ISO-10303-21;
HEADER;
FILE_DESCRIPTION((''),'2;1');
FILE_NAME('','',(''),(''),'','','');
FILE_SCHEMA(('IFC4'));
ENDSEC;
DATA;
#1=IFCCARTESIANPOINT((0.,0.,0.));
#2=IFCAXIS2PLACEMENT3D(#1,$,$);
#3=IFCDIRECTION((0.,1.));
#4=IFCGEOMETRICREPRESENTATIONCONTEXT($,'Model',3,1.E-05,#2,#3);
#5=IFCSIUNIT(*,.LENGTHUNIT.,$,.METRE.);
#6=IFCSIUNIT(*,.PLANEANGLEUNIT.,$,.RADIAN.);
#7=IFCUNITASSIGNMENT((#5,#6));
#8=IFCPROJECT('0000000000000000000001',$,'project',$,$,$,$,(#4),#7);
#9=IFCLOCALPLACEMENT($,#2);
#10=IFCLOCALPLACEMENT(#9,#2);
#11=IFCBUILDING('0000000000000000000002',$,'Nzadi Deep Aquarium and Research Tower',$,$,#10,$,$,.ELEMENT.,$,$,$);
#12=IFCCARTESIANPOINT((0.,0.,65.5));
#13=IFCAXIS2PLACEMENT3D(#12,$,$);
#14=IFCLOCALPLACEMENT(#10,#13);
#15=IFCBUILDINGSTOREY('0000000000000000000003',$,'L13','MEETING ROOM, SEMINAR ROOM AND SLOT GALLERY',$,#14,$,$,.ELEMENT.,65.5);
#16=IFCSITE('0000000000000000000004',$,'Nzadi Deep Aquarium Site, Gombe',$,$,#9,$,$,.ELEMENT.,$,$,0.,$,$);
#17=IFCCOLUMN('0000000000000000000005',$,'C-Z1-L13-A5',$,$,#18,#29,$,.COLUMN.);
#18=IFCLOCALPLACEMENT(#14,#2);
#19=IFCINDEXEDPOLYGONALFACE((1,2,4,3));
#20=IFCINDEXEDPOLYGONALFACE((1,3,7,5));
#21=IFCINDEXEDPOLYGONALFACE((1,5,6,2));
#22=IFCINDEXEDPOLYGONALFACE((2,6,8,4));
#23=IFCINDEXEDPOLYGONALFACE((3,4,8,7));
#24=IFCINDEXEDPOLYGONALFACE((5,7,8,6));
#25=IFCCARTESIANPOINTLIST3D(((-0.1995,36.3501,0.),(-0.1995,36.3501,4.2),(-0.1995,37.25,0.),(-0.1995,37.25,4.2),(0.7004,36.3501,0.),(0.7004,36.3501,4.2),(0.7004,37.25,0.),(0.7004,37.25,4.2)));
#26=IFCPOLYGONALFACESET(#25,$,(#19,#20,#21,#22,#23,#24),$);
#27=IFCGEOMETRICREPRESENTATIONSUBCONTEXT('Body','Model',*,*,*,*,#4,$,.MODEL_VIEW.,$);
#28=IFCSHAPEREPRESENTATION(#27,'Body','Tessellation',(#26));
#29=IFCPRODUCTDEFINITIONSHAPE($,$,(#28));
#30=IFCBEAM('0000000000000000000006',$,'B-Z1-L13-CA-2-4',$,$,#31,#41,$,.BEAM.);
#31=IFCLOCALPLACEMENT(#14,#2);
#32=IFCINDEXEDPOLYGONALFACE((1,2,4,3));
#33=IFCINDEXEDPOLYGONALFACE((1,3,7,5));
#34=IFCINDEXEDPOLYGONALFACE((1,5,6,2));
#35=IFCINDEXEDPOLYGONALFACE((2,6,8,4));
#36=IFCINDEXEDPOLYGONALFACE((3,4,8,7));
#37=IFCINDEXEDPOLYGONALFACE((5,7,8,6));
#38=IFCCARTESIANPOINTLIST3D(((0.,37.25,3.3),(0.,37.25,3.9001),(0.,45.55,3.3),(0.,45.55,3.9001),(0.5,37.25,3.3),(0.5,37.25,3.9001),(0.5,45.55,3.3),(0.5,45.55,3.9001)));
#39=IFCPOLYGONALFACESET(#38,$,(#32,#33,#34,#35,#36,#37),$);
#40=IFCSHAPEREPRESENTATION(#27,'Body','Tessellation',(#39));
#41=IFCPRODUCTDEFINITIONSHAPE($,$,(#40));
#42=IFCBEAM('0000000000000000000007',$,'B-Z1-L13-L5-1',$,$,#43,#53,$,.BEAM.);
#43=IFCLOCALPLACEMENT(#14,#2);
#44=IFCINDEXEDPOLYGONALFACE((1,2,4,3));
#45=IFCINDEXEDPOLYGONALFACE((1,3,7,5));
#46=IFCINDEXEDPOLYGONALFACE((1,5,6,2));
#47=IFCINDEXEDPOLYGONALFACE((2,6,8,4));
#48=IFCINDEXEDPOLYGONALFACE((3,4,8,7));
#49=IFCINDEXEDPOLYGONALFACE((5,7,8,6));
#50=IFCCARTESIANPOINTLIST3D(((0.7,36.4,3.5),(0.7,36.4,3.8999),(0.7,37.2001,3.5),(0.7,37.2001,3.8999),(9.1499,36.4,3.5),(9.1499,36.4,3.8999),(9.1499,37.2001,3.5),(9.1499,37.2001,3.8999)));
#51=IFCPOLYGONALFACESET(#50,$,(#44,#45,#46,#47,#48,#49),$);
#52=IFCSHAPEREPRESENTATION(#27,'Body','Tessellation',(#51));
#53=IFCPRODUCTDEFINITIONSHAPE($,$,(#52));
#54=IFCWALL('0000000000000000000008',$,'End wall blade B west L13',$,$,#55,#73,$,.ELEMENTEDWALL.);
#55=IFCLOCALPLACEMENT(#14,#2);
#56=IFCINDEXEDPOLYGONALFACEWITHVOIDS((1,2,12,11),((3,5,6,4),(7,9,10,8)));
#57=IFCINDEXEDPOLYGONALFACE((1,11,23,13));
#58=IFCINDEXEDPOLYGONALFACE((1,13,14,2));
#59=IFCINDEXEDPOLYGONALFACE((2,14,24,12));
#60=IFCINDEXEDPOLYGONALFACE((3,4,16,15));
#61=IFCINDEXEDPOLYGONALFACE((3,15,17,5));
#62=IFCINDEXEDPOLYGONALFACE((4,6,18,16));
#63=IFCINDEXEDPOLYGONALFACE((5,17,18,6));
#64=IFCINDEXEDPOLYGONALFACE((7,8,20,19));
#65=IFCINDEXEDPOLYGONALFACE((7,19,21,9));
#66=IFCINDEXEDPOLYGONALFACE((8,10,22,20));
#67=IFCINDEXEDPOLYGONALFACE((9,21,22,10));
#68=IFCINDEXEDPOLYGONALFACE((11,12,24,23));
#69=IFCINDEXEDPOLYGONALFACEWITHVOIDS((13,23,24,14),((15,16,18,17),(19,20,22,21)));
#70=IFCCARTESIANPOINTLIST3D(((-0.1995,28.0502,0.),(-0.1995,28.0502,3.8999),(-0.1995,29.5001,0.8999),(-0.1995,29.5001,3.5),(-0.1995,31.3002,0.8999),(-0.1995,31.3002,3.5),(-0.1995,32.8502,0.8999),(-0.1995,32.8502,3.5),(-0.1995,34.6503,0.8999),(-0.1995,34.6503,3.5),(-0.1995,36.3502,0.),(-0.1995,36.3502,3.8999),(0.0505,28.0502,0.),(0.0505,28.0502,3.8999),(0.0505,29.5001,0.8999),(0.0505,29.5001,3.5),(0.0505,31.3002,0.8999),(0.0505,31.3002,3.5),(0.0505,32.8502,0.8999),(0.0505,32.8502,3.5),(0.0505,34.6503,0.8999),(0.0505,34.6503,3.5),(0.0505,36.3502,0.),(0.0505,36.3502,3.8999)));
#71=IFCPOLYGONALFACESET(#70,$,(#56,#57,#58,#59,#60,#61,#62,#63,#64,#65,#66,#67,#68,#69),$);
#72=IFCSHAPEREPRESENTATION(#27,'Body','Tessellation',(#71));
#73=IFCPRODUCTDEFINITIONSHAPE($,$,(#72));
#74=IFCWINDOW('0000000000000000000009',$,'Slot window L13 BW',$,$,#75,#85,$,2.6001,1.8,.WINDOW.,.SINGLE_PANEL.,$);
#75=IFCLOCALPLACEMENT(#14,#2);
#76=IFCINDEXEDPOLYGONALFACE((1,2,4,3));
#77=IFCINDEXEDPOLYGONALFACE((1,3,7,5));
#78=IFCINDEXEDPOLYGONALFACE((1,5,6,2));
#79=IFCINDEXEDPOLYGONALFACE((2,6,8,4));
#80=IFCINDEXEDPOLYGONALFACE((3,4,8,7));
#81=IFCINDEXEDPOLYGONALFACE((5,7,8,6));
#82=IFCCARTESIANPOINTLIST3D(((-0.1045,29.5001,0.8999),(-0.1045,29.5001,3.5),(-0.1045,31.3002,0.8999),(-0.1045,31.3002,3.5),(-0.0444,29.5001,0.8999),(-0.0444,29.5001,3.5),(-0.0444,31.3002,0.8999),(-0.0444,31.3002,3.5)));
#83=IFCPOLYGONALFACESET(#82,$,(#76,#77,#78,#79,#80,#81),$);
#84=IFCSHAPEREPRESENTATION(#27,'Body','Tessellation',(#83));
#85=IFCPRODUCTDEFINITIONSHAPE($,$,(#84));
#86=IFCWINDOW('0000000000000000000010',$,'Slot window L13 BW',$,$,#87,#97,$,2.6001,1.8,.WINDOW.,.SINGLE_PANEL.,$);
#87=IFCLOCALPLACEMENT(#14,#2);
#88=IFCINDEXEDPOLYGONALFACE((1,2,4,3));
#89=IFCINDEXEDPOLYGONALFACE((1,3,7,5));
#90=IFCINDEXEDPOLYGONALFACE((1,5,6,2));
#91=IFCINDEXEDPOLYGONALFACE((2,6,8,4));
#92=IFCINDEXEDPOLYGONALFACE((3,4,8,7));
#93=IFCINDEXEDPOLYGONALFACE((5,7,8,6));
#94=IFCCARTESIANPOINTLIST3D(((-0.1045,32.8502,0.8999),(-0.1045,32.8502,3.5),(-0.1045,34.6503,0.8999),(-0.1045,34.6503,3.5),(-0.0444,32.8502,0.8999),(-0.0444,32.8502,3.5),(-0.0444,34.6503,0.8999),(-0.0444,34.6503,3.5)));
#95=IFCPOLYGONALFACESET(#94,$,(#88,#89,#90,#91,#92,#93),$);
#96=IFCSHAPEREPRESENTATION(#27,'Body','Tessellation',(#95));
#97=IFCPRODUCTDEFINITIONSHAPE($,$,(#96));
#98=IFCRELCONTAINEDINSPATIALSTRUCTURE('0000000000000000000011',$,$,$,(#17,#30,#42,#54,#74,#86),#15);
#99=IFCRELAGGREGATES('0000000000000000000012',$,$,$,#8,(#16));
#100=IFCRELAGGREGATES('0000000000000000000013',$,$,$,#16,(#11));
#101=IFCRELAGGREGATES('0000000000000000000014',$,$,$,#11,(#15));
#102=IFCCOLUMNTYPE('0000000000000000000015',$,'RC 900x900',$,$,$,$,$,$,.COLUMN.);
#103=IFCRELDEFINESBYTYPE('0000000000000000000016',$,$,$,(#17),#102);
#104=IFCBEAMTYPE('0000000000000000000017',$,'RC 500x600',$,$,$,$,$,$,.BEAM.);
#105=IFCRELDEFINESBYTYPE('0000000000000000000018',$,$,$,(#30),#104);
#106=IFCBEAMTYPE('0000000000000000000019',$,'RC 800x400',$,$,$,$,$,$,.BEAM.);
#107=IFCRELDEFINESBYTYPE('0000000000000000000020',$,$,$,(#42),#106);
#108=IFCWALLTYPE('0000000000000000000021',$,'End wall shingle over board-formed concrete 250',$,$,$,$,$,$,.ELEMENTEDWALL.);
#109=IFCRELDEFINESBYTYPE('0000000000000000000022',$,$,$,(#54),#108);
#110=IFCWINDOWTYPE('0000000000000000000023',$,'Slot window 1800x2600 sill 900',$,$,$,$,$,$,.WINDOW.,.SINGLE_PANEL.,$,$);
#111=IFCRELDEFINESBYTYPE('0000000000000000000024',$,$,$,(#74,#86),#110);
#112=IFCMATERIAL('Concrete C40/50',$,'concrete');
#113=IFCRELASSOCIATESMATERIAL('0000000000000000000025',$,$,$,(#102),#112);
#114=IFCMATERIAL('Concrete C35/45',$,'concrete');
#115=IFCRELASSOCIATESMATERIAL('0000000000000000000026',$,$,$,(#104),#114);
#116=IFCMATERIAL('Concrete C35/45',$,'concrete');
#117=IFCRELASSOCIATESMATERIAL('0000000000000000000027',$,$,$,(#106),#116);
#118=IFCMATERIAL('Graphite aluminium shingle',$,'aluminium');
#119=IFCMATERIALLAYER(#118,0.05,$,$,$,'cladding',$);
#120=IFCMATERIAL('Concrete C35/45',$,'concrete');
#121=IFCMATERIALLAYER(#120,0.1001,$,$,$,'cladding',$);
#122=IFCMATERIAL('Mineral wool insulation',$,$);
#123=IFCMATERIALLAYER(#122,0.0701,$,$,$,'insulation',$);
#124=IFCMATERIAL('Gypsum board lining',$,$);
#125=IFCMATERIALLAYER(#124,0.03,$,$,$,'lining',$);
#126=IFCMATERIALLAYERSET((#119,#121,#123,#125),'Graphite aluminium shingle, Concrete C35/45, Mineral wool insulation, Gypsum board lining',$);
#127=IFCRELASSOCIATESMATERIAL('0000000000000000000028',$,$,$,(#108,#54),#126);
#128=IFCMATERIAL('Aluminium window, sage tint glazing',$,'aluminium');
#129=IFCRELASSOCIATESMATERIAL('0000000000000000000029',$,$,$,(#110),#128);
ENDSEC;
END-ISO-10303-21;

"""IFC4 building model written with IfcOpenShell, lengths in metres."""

from ifc_helpers import new_model, si_unit, direction, frame, frame_2d, origin, origin_2d, place, context, subcontext, project, spatial, rectangle, extrude, material, layer, layer_set, layer_usage, material_profile, profile_set, type_object, element, fill, save


model = new_model("IFC4")

# Units and contexts
model_context = context("Model", 3, precision=1e-05, world=origin(), true_north=direction((0.0, 1.0)))
body_context = subcontext(model_context, "Body", "Model", "MODEL_VIEW")
ifc_project = project(units=[si_unit("LENGTHUNIT", "METRE"), si_unit("PLANEANGLEUNIT", "RADIAN")], contexts=[model_context])

# Site, building, storey
site_placement = place(None, origin())
site = spatial("IfcSite", under=ifc_project, at=site_placement, Name="Nzadi Deep Aquarium Site, Gombe", CompositionType="ELEMENT", RefElevation=0.0)
building_placement = place(site_placement, origin())
building = spatial("IfcBuilding", under=site, at=building_placement, Name="Nzadi Deep Aquarium and Research Tower", CompositionType="ELEMENT")
storey_placement = place(building_placement, frame((0.0, 0.0, 65.5)))
storey = spatial("IfcBuildingStorey", under=building, at=storey_placement, Name="L13", Description="MEETING ROOM, SEMINAR ROOM AND SLOT GALLERY", CompositionType="ELEMENT", Elevation=65.5)

# Column
ifc_material_1 = material(Name="Concrete C40/50", Category="concrete")
ifc_material_profile_1 = material_profile(ifc_material_1, rectangle(XDim=0.8999, YDim=0.8999, at=origin_2d()))
ifc_profile_set_1 = profile_set([ifc_material_profile_1], Name="Concrete C40/50")
column_type = type_object("IfcColumnType", Name="RC 900x900", PredefinedType="COLUMN", material=ifc_profile_set_1)
column_placement = place(storey_placement, frame((0.2505, 36.8, 0.0), z_axis=(0.0, 0.0, 1.0), x_axis=(1.0, 0.0, 0.0)))
element("IfcColumn", 1, at=column_placement, inside=storey, type_object=column_type, Name="C-Z1-L13-A5", PredefinedType="COLUMN", context=body_context, shape_type="SweptSolid", body=[
    extrude(rectangle(XDim=0.8999, YDim=0.8999, at=origin_2d()), origin(), (0.0, 0.0, 1.0), 4.2),
])

# Beams
ifc_material_2 = material(Name="Concrete C35/45", Category="concrete")
ifc_material_profile_2 = material_profile(ifc_material_2, rectangle(XDim=0.5, YDim=0.6001, at=origin_2d()))
ifc_profile_set_2 = profile_set([ifc_material_profile_2], Name="Concrete C35/45")
beam_type_1 = type_object("IfcBeamType", Name="RC 500x600", PredefinedType="BEAM", material=ifc_profile_set_2)
beam_1_placement = place(storey_placement, frame((0.25, 37.25, 3.6001), z_axis=(0.0, 1.0, 0.0), x_axis=(-1.0, 0.0, 0.0)))
element("IfcBeam", 2, at=beam_1_placement, inside=storey, type_object=beam_type_1, Name="B-Z1-L13-CA-2-4", PredefinedType="BEAM", context=body_context, shape_type="SweptSolid", body=[
    extrude(rectangle(XDim=0.5, YDim=0.6001, at=origin_2d()), origin(), (0.0, 0.0, 1.0), 8.3),
])
ifc_material_3 = material(Name="Concrete C35/45", Category="concrete")
ifc_material_profile_3 = material_profile(ifc_material_3, rectangle(XDim=0.8, YDim=0.3999, at=origin_2d()))
ifc_profile_set_3 = profile_set([ifc_material_profile_3], Name="Concrete C35/45")
beam_type_2 = type_object("IfcBeamType", Name="RC 800x400", PredefinedType="BEAM", material=ifc_profile_set_3)
beam_2_placement = place(storey_placement, frame((0.7, 36.8, 3.7), z_axis=(1.0, 0.0, 0.0), x_axis=(0.0, 1.0, 0.0)))
element("IfcBeam", 3, at=beam_2_placement, inside=storey, type_object=beam_type_2, Name="B-Z1-L13-L5-1", PredefinedType="BEAM", context=body_context, shape_type="SweptSolid", body=[
    extrude(rectangle(XDim=0.8, YDim=0.3999, at=origin_2d()), origin(), (0.0, 0.0, 1.0), 8.45),
])

# Wall, openings, windows
ifc_material_4 = material(Name="Graphite aluminium shingle", Category="aluminium")
ifc_layer_1 = layer(ifc_material_4, 0.05, Category="cladding")
ifc_material_5 = material(Name="Concrete C35/45", Category="concrete")
ifc_layer_2 = layer(ifc_material_5, 0.1001, Category="cladding")
ifc_material_6 = material(Name="Mineral wool insulation")
ifc_layer_3 = layer(ifc_material_6, 0.0701, Category="insulation")
ifc_material_7 = material(Name="Gypsum board lining")
ifc_layer_4 = layer(ifc_material_7, 0.03, Category="lining")
ifc_layer_set_1 = layer_set([ifc_layer_1, ifc_layer_2, ifc_layer_3, ifc_layer_4], Name="Graphite aluminium shingle, Concrete C35/45, Mineral wool insulation, Gypsum board lining")
ifc_layer_usage = layer_usage(ifc_layer_set_1, "AXIS2", "POSITIVE", -0.125)
wall_type_1 = type_object("IfcWallType", Name="End wall shingle over board-formed concrete 250", PredefinedType="ELEMENTEDWALL", material=ifc_layer_set_1)
wall_1_placement = place(storey_placement, frame((-0.0745, 36.3501, 0.0), z_axis=(0.0, 0.0, 1.0), x_axis=(0.0, -1.0, 0.0)))
wall_1 = element("IfcWall", 4, at=wall_1_placement, inside=storey, type_object=wall_type_1, material=ifc_layer_usage, Name="End wall blade B west L13", PredefinedType="ELEMENTEDWALL", context=body_context, shape_type="SweptSolid", body=[
    extrude(rectangle(XDim=8.3, YDim=0.25, at=frame_2d((4.1499, 0.0))), origin(), (0.0, 0.0, 1.0), 3.8999),
])
opening_1_placement = place(wall_1_placement, frame((5.05, 0.0, 0.8999)))
opening_1 = element("IfcOpeningElement", 5, at=opening_1_placement, cuts=wall_1, PredefinedType="OPENING", context=body_context, shape_type="SweptSolid", body=[
    extrude(rectangle(XDim=1.8, YDim=2.6001, at=frame_2d((0.8999, 1.3))), frame((0.0, 0.135, 0.0), z_axis=(0.0, -1.0, 0.0), x_axis=(1.0, 0.0, 0.0)), (0.0, 0.0, 1.0), 0.27),
])
opening_2_placement = place(wall_1_placement, frame((1.7, 0.0, 0.8999)))
opening_2 = element("IfcOpeningElement", 6, at=opening_2_placement, cuts=wall_1, PredefinedType="OPENING", context=body_context, shape_type="SweptSolid", body=[
    extrude(rectangle(XDim=1.8, YDim=2.6001, at=frame_2d((0.8999, 1.3))), frame((0.0, 0.135, 0.0), z_axis=(0.0, -1.0, 0.0), x_axis=(1.0, 0.0, 0.0)), (0.0, 0.0, 1.0), 0.27),
])
ifc_material_8 = material(Name="Aluminium window, sage tint glazing", Category="aluminium")
window_type = type_object("IfcWindowType", Name="Slot window 1800x2600 sill 900", PartitioningType="SINGLE_PANEL", PredefinedType="WINDOW", material=ifc_material_8)
window_1_placement = place(opening_1_placement, origin())
window_1 = element("IfcWindow", 7, at=window_1_placement, inside=storey, type_object=window_type, Name="Slot window L13 BW", OverallHeight=2.6001, OverallWidth=1.8, PartitioningType="SINGLE_PANEL", PredefinedType="WINDOW", context=body_context, shape_type="SweptSolid", body=[
    extrude(rectangle(XDim=1.8, YDim=2.6001, at=frame_2d((0.8999, 1.3))), frame((0.0, 0.03, 0.0), z_axis=(0.0, -1.0, 0.0), x_axis=(1.0, 0.0, 0.0)), (0.0, 0.0, 1.0), 0.0601),
])
fill(opening_1, window_1)
window_2_placement = place(opening_2_placement, origin())
window_2 = element("IfcWindow", 8, at=window_2_placement, inside=storey, type_object=window_type, Name="Slot window L13 BW", OverallHeight=2.6001, OverallWidth=1.8, PartitioningType="SINGLE_PANEL", PredefinedType="WINDOW", context=body_context, shape_type="SweptSolid", body=[
    extrude(rectangle(XDim=1.8, YDim=2.6001, at=frame_2d((0.8999, 1.3))), frame((0.0, 0.03, 0.0), z_axis=(0.0, -1.0, 0.0), x_axis=(1.0, 0.0, 0.0)), (0.0, 0.0, 1.0), 0.0601),
])
fill(opening_2, window_2)

save(model, "model.ifc")
